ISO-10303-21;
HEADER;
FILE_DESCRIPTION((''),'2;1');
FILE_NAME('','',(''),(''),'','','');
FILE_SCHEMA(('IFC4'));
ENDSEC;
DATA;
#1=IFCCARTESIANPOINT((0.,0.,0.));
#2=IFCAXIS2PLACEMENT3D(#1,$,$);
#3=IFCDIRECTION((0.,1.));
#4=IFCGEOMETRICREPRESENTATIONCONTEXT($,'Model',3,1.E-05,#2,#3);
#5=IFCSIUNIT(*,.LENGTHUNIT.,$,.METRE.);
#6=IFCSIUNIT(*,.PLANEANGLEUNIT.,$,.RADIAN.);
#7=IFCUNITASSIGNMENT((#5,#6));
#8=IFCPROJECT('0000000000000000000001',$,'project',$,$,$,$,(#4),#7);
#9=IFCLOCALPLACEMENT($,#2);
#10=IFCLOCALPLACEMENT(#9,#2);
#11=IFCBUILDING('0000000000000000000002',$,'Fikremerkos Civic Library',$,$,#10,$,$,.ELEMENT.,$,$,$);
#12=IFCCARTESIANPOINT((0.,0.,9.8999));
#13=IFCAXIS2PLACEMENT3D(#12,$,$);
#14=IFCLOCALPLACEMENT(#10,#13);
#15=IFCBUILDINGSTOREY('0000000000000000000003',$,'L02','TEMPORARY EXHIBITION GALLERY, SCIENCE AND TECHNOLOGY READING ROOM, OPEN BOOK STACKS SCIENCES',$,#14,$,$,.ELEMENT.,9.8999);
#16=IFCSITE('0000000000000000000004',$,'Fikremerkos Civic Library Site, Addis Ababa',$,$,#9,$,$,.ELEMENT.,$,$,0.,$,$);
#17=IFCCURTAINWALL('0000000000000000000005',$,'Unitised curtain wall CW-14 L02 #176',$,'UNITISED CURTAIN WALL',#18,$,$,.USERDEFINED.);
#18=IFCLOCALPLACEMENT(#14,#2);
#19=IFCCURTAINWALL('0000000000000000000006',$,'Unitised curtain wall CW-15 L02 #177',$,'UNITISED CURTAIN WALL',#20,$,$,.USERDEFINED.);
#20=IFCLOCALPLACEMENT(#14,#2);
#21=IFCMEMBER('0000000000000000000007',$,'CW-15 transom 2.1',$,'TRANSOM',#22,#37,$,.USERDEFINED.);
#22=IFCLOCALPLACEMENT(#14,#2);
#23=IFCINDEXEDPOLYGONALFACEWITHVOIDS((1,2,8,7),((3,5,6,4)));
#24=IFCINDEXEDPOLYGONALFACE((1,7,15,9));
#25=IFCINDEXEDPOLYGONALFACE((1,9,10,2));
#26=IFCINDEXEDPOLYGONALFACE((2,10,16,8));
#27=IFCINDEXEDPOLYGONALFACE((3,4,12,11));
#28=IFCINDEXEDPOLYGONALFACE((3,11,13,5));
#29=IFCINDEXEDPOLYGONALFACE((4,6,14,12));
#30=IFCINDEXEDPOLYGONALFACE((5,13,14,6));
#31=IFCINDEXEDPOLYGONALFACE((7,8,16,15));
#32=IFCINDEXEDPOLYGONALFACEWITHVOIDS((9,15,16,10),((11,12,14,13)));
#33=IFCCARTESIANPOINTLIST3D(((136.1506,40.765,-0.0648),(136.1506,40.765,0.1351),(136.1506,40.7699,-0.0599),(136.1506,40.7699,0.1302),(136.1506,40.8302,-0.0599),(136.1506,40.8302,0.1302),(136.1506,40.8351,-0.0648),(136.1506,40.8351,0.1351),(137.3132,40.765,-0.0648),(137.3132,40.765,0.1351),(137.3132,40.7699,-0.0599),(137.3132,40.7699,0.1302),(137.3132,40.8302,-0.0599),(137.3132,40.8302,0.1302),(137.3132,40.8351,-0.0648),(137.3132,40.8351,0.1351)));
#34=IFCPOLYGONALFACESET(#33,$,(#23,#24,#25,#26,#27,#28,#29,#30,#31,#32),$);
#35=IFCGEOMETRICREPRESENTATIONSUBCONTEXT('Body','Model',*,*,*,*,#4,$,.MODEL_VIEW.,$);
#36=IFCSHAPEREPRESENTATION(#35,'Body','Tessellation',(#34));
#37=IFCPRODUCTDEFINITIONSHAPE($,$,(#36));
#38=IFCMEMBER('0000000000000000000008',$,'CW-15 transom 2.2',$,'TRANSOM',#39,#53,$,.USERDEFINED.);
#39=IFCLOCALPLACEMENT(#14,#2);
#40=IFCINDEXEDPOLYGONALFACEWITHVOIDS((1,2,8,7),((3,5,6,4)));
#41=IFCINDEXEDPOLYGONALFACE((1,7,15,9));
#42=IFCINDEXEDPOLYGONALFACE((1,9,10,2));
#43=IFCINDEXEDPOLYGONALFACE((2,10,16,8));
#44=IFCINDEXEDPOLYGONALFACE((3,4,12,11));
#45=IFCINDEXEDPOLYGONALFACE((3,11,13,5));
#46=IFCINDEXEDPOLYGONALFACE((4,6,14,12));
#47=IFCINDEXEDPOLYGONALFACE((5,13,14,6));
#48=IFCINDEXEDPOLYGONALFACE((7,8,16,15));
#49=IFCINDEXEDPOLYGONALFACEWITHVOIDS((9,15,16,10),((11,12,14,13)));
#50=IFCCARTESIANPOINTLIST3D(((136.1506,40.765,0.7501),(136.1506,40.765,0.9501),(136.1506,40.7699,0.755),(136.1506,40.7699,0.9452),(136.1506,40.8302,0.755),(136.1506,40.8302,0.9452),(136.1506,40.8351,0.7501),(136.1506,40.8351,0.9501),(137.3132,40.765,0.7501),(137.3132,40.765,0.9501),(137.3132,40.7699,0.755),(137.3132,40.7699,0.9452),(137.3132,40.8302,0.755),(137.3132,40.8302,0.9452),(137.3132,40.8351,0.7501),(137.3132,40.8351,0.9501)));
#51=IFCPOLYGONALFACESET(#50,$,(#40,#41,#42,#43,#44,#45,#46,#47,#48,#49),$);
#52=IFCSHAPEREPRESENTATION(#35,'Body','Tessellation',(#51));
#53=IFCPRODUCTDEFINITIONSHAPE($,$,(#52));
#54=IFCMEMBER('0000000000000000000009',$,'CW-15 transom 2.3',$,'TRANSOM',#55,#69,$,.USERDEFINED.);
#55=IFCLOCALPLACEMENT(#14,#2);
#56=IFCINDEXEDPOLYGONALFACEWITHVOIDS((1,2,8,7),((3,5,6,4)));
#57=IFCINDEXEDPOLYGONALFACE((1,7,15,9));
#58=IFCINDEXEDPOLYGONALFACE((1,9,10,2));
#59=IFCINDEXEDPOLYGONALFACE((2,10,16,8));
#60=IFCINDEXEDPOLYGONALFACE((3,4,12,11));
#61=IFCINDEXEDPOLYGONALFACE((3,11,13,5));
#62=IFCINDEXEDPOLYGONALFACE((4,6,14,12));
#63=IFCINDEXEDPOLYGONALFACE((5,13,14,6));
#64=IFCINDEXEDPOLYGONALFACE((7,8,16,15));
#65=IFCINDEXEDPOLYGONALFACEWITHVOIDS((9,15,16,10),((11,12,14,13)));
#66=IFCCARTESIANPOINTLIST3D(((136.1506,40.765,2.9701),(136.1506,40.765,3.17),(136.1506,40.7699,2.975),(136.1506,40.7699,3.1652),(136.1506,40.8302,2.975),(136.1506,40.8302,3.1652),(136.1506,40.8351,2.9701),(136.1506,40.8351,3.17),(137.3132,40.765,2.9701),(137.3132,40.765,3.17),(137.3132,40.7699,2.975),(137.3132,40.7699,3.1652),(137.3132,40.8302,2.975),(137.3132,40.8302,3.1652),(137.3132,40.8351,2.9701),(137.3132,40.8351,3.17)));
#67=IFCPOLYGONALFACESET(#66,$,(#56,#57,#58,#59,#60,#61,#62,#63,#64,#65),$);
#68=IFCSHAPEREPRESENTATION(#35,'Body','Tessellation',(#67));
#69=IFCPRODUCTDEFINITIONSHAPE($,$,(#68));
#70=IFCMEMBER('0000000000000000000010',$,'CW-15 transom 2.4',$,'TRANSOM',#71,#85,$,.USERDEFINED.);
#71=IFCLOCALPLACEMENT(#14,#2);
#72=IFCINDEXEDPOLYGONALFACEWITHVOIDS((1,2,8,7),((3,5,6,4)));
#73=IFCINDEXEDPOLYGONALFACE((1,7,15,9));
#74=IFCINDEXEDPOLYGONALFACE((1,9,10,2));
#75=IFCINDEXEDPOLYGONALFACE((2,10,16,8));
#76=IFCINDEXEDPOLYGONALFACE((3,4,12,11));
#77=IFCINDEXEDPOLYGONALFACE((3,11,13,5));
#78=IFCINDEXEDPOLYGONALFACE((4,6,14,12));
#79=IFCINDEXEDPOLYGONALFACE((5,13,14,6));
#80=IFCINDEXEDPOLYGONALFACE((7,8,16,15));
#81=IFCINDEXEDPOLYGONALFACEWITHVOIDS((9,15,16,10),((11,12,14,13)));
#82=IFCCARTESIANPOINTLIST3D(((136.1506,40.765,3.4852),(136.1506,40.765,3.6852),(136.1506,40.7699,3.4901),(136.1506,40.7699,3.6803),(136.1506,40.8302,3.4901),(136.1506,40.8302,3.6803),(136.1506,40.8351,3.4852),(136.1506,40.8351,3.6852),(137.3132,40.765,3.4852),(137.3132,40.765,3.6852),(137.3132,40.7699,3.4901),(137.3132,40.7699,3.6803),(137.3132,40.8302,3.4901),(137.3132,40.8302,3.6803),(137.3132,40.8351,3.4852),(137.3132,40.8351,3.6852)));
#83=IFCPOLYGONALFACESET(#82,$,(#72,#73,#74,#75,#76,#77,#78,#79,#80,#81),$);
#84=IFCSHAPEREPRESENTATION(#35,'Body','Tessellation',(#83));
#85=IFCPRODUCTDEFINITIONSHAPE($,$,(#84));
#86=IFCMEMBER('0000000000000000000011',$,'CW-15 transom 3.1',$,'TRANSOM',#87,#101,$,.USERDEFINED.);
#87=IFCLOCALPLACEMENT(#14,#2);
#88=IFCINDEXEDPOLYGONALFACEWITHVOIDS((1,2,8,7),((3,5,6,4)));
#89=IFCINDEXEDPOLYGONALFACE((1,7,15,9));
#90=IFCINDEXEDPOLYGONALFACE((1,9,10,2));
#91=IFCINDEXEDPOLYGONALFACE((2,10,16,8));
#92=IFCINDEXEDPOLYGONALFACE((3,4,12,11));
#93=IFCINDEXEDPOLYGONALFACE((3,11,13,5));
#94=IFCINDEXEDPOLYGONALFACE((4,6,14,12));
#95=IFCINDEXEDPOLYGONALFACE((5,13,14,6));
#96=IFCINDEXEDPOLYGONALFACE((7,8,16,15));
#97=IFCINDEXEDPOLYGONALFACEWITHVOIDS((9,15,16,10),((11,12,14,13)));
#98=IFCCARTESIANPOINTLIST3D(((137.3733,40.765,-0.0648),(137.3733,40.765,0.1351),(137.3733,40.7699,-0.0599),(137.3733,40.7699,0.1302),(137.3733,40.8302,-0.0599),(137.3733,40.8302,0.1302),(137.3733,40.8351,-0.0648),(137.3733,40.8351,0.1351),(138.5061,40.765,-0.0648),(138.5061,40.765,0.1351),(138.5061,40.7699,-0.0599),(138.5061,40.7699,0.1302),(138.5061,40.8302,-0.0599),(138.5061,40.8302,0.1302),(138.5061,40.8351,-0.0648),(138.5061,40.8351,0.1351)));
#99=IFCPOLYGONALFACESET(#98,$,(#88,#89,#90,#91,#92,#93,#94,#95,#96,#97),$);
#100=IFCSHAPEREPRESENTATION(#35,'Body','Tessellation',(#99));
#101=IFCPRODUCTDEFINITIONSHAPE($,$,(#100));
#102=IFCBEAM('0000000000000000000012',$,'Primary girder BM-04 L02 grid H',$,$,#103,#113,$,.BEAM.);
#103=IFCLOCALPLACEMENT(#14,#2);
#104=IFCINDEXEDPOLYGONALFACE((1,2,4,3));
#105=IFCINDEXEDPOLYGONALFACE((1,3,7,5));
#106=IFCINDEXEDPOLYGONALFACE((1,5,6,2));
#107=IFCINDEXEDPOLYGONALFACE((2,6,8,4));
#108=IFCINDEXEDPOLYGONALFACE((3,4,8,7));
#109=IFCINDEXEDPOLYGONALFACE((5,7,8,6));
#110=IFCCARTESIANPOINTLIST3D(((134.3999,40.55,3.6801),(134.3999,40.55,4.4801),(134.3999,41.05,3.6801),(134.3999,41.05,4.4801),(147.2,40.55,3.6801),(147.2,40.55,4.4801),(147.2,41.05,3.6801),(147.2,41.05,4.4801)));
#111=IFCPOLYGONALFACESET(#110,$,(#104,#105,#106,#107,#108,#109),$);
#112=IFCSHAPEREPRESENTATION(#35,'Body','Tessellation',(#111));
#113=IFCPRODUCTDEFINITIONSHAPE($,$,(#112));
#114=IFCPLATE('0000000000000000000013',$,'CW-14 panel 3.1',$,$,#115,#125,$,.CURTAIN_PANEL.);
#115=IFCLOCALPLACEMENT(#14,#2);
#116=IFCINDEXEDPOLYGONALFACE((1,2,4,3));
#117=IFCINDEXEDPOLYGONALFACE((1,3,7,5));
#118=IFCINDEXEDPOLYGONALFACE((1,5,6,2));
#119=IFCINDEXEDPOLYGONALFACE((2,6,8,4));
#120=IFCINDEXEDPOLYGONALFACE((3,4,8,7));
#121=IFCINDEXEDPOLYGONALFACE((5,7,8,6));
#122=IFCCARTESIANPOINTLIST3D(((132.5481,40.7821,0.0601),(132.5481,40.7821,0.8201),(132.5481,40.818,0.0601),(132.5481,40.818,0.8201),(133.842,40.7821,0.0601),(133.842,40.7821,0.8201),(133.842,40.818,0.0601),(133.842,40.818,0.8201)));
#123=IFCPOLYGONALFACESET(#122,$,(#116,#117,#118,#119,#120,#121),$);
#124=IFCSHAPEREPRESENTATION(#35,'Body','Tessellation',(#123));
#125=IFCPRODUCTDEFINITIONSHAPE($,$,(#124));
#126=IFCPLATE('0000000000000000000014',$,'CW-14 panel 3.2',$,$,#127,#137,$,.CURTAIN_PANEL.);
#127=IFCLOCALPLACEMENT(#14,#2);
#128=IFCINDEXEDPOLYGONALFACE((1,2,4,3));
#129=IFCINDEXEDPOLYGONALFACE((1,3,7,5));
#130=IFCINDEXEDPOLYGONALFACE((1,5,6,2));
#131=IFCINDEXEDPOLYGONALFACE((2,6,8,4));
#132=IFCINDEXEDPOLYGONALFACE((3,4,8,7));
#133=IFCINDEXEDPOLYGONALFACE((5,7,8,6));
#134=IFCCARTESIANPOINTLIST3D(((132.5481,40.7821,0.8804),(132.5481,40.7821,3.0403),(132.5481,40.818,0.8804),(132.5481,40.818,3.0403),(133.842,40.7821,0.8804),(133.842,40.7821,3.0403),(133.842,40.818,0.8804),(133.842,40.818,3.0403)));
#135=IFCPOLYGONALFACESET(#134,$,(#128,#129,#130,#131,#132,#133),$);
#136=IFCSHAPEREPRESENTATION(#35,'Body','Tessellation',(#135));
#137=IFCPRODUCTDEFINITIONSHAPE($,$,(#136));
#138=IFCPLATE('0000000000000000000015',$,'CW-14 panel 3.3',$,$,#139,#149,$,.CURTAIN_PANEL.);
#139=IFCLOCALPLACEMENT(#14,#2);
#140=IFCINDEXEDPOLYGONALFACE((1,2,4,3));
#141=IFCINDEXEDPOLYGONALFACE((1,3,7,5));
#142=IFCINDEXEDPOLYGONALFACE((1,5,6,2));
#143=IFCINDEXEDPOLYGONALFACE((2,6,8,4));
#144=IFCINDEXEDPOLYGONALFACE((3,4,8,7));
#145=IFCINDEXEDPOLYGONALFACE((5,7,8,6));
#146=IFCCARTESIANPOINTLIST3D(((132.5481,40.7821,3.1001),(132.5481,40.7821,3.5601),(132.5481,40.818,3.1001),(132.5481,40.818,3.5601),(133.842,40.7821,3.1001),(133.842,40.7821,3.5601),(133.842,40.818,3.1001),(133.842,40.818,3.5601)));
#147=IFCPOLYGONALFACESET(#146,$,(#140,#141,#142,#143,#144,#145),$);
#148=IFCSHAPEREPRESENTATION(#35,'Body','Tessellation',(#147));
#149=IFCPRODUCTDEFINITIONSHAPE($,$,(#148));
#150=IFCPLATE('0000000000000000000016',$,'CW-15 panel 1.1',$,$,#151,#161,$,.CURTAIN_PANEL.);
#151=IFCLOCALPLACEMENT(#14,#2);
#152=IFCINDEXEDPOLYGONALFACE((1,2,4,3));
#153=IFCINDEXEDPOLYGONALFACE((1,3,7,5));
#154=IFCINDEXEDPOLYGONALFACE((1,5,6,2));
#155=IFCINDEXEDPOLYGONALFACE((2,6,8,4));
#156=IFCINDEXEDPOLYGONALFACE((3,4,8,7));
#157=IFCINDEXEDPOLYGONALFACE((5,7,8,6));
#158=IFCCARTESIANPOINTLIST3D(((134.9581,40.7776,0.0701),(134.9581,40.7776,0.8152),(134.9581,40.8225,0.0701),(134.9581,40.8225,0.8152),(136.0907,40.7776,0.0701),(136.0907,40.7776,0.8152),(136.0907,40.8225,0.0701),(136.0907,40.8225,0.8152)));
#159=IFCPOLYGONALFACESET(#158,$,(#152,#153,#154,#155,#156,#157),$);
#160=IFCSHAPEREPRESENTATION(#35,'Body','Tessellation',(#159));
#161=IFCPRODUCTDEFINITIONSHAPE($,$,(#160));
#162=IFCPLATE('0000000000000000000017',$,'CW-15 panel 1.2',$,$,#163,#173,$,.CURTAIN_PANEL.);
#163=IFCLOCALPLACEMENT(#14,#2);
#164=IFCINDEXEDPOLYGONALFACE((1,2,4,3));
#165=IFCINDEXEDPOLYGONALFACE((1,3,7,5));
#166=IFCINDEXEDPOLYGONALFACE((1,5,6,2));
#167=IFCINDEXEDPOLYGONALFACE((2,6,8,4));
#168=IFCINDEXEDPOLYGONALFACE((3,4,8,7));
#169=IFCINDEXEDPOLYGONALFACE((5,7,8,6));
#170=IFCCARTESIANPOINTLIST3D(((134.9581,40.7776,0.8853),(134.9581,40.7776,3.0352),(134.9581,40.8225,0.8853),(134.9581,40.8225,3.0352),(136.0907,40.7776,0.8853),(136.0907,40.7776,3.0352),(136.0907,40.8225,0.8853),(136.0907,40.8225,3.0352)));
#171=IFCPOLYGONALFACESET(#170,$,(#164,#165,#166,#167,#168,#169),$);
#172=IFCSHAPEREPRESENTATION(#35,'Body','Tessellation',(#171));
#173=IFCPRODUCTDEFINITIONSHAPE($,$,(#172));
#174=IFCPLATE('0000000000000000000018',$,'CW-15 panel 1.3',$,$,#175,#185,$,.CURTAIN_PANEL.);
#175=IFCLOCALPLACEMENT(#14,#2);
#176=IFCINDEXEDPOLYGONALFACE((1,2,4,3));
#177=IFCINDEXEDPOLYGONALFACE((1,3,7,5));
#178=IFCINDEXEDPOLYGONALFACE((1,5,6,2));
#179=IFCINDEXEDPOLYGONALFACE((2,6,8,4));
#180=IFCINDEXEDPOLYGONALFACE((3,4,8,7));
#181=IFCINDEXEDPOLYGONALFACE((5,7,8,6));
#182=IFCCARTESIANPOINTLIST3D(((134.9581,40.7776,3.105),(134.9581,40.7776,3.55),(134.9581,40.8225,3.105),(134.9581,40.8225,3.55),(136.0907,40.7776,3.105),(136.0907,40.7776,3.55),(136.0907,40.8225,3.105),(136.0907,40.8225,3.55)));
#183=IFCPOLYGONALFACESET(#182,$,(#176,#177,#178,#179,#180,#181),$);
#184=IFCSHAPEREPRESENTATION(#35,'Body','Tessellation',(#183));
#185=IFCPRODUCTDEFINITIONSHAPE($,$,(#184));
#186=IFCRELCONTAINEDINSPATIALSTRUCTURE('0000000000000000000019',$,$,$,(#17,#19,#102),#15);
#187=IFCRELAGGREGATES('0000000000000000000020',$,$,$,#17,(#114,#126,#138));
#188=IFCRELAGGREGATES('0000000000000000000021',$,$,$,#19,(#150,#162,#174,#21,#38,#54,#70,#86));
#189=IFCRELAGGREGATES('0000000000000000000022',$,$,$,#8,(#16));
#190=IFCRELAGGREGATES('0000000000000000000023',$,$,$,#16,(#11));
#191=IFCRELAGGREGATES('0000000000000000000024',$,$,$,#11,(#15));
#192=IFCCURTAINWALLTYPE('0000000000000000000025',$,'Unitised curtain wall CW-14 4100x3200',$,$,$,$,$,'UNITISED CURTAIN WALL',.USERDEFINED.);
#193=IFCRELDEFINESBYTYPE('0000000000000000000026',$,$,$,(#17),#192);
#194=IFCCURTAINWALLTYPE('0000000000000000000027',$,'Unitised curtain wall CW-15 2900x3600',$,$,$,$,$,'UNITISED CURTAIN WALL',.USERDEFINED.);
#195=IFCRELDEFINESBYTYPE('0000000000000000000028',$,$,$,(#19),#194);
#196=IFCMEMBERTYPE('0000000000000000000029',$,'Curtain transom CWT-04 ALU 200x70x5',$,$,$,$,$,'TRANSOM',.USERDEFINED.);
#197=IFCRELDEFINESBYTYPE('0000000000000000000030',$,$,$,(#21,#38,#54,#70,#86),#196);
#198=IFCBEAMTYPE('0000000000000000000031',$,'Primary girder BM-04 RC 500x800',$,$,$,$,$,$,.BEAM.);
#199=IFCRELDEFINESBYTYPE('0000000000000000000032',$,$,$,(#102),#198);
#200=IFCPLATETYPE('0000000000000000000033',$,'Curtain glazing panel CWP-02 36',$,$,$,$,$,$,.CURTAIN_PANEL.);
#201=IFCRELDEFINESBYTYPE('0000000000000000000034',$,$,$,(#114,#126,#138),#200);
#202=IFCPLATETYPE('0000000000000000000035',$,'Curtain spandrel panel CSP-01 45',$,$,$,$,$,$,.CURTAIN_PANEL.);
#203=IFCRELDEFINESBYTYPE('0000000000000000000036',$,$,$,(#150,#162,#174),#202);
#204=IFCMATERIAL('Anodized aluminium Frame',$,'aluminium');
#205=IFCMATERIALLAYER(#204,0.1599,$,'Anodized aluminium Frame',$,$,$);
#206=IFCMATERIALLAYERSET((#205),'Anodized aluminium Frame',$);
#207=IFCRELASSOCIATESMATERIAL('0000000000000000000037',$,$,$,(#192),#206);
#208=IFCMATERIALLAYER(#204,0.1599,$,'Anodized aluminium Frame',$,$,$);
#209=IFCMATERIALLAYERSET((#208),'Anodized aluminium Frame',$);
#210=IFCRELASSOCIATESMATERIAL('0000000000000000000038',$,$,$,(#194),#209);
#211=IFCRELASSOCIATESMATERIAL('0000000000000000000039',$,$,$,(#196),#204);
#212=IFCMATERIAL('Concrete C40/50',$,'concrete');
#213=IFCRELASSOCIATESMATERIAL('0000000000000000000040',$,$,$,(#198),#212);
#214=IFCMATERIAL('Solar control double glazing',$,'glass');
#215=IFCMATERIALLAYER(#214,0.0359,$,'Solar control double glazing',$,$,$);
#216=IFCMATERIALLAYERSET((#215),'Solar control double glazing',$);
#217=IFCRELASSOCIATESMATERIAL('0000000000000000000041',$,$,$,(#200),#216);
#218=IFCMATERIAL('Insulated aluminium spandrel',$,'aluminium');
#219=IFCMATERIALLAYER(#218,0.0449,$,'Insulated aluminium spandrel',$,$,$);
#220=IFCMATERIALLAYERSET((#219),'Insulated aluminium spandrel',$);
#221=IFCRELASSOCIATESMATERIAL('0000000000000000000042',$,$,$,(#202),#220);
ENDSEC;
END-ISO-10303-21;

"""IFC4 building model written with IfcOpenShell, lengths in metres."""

from ifc_helpers import new_model, si_unit, direction, frame, origin, origin_2d, place, context, subcontext, project, spatial, rectangle, hollow_rectangle, extrude, material, layer, layer_set, material_profile, profile_set, type_object, element, aggregate, save


model = new_model("IFC4")

# Units and contexts
model_context = context("Model", 3, precision=1e-05, world=origin(), true_north=direction((0.0, 1.0)))
body_context = subcontext(model_context, "Body", "Model", "MODEL_VIEW")
ifc_project = project(units=[si_unit("LENGTHUNIT", "METRE"), si_unit("PLANEANGLEUNIT", "RADIAN")], contexts=[model_context])

# Site, building, storey
site_placement = place(None, origin())
site = spatial("IfcSite", under=ifc_project, at=site_placement, Name="Fikremerkos Civic Library Site, Addis Ababa", CompositionType="ELEMENT", RefElevation=0.0)
building_placement = place(site_placement, origin())
building = spatial("IfcBuilding", under=site, at=building_placement, Name="Fikremerkos Civic Library", CompositionType="ELEMENT")
storey_placement = place(building_placement, frame((0.0, 0.0, 9.8999)))
storey = spatial("IfcBuildingStorey", under=building, at=storey_placement, Name="L02", Description="TEMPORARY EXHIBITION GALLERY, SCIENCE AND TECHNOLOGY READING ROOM, OPEN BOOK STACKS SCIENCES", CompositionType="ELEMENT", Elevation=9.8999)

# Curtain wall
ifc_material_1 = material(Name="Anodized aluminium Frame", Category="aluminium")
ifc_layer_1 = layer(ifc_material_1, 0.1599, Name="Anodized aluminium Frame")
ifc_layer_set_1 = layer_set([ifc_layer_1], Name="Anodized aluminium Frame")
curtain_wall_type_1 = type_object("IfcCurtainWallType", Name="Unitised curtain wall CW-14 4100x3200", ElementType="UNITISED CURTAIN WALL", PredefinedType="USERDEFINED", material=ifc_layer_set_1)
curtain_wall_1_placement = place(storey_placement, origin())
curtain_wall_1 = element("IfcCurtainWall", 1, at=curtain_wall_1_placement, inside=storey, type_object=curtain_wall_type_1, Name="Unitised curtain wall CW-14 L02 #176", ObjectType="UNITISED CURTAIN WALL", PredefinedType="USERDEFINED")

# Curtain wall, members
ifc_layer_2 = layer(ifc_material_1, 0.1599, Name="Anodized aluminium Frame")
ifc_layer_set_2 = layer_set([ifc_layer_2], Name="Anodized aluminium Frame")
curtain_wall_type_2 = type_object("IfcCurtainWallType", Name="Unitised curtain wall CW-15 2900x3600", ElementType="UNITISED CURTAIN WALL", PredefinedType="USERDEFINED", material=ifc_layer_set_2)
curtain_wall_2_placement = place(storey_placement, origin())
curtain_wall_2 = element("IfcCurtainWall", 2, at=curtain_wall_2_placement, inside=storey, type_object=curtain_wall_type_2, Name="Unitised curtain wall CW-15 L02 #177", ObjectType="UNITISED CURTAIN WALL", PredefinedType="USERDEFINED")
ifc_material_profile_1 = material_profile(ifc_material_1, hollow_rectangle(XDim=0.0701, YDim=0.2, WallThickness=0.0049, at=origin_2d()), Name="ALU 200x70x5")
ifc_profile_set_1 = profile_set([ifc_material_profile_1], Name="Anodized aluminium Frame")
member_type_1 = type_object("IfcMemberType", Name="Curtain transom CWT-04 ALU 200x70x5", ElementType="TRANSOM", PredefinedType="USERDEFINED", material=ifc_profile_set_1)
member_1_placement = place(storey_placement, frame((136.1506, 40.8, 0.0352), z_axis=(1.0, 0.0, 0.0), x_axis=(0.0, 1.0, 0.0)))
member_1 = element("IfcMember", 3, at=member_1_placement, type_object=member_type_1, Name="CW-15 transom 2.1", ObjectType="TRANSOM", PredefinedType="USERDEFINED", context=body_context, shape_type="SweptSolid", body=[
    extrude(hollow_rectangle(XDim=0.0701, YDim=0.2, WallThickness=0.0049, at=origin_2d()), origin(), (0.0, 0.0, 1.0), 1.1626),
])
member_2_placement = place(storey_placement, frame((136.1506, 40.8, 0.8501), z_axis=(1.0, 0.0, 0.0), x_axis=(0.0, 1.0, 0.0)))
member_2 = element("IfcMember", 4, at=member_2_placement, type_object=member_type_1, Name="CW-15 transom 2.2", ObjectType="TRANSOM", PredefinedType="USERDEFINED", context=body_context, shape_type="SweptSolid", body=[
    extrude(hollow_rectangle(XDim=0.0701, YDim=0.2, WallThickness=0.0049, at=origin_2d()), origin(), (0.0, 0.0, 1.0), 1.1626),
])
member_3_placement = place(storey_placement, frame((136.1506, 40.8, 3.0701), z_axis=(1.0, 0.0, 0.0), x_axis=(0.0, 1.0, 0.0)))
member_3 = element("IfcMember", 5, at=member_3_placement, type_object=member_type_1, Name="CW-15 transom 2.3", ObjectType="TRANSOM", PredefinedType="USERDEFINED", context=body_context, shape_type="SweptSolid", body=[
    extrude(hollow_rectangle(XDim=0.0701, YDim=0.2, WallThickness=0.0049, at=origin_2d()), origin(), (0.0, 0.0, 1.0), 1.1626),
])
member_4_placement = place(storey_placement, frame((136.1506, 40.8, 3.5852), z_axis=(1.0, 0.0, 0.0), x_axis=(0.0, 1.0, 0.0)))
member_4 = element("IfcMember", 6, at=member_4_placement, type_object=member_type_1, Name="CW-15 transom 2.4", ObjectType="TRANSOM", PredefinedType="USERDEFINED", context=body_context, shape_type="SweptSolid", body=[
    extrude(hollow_rectangle(XDim=0.0701, YDim=0.2, WallThickness=0.0049, at=origin_2d()), origin(), (0.0, 0.0, 1.0), 1.1626),
])
member_5_placement = place(storey_placement, frame((137.3733, 40.8, 0.0352), z_axis=(1.0, 0.0, 0.0), x_axis=(0.0, 1.0, 0.0)))
member_5 = element("IfcMember", 7, at=member_5_placement, type_object=member_type_1, Name="CW-15 transom 3.1", ObjectType="TRANSOM", PredefinedType="USERDEFINED", context=body_context, shape_type="SweptSolid", body=[
    extrude(hollow_rectangle(XDim=0.0701, YDim=0.2, WallThickness=0.0049, at=origin_2d()), origin(), (0.0, 0.0, 1.0), 1.1328),
])

# Beam
ifc_material_2 = material(Name="Concrete C40/50", Category="concrete")
ifc_material_profile_2 = material_profile(ifc_material_2, rectangle(XDim=0.5, YDim=0.8, at=origin_2d()), Name="RC 500x800")
ifc_profile_set_2 = profile_set([ifc_material_profile_2], Name="Concrete C40/50")
beam_type = type_object("IfcBeamType", Name="Primary girder BM-04 RC 500x800", PredefinedType="BEAM", material=ifc_profile_set_2)
beam_placement = place(storey_placement, frame((134.3999, 40.8, 4.0801), z_axis=(1.0, 0.0, 0.0), x_axis=(0.0, 1.0, 0.0)))
element("IfcBeam", 8, at=beam_placement, inside=storey, type_object=beam_type, Name="Primary girder BM-04 L02 grid H", PredefinedType="BEAM", context=body_context, shape_type="SweptSolid", body=[
    extrude(rectangle(XDim=0.5, YDim=0.8, at=origin_2d()), origin(), (0.0, 0.0, 1.0), 12.8),
])

# Plates
ifc_material_3 = material(Name="Solar control double glazing", Category="glass")
ifc_layer_3 = layer(ifc_material_3, 0.0359, Name="Solar control double glazing")
ifc_layer_set_3 = layer_set([ifc_layer_3], Name="Solar control double glazing")
plate_type_1 = type_object("IfcPlateType", Name="Curtain glazing panel CWP-02 36", PredefinedType="CURTAIN_PANEL", material=ifc_layer_set_3)
plate_1_placement = place(storey_placement, frame((133.1951, 40.8, 0.0601), z_axis=(0.0, 0.0, 1.0), x_axis=(1.0, 0.0, 0.0)))
plate_1 = element("IfcPlate", 9, at=plate_1_placement, type_object=plate_type_1, Name="CW-14 panel 3.1", PredefinedType="CURTAIN_PANEL", context=body_context, shape_type="SweptSolid", body=[
    extrude(rectangle(XDim=1.2939, YDim=0.0359, at=origin_2d()), origin(), (0.0, 0.0, 1.0), 0.76),
])
plate_2_placement = place(storey_placement, frame((133.1951, 40.8, 0.8804), z_axis=(0.0, 0.0, 1.0), x_axis=(1.0, 0.0, 0.0)))
plate_2 = element("IfcPlate", 10, at=plate_2_placement, type_object=plate_type_1, Name="CW-14 panel 3.2", PredefinedType="CURTAIN_PANEL", context=body_context, shape_type="SweptSolid", body=[
    extrude(rectangle(XDim=1.2939, YDim=0.0359, at=origin_2d()), origin(), (0.0, 0.0, 1.0), 2.1599),
])
plate_3_placement = place(storey_placement, frame((133.1951, 40.8, 3.1001), z_axis=(0.0, 0.0, 1.0), x_axis=(1.0, 0.0, 0.0)))
plate_3 = element("IfcPlate", 11, at=plate_3_placement, type_object=plate_type_1, Name="CW-14 panel 3.3", PredefinedType="CURTAIN_PANEL", context=body_context, shape_type="SweptSolid", body=[
    extrude(rectangle(XDim=1.2939, YDim=0.0359, at=origin_2d()), origin(), (0.0, 0.0, 1.0), 0.46),
])
aggregate(curtain_wall_1, [plate_1, plate_2, plate_3])
ifc_material_4 = material(Name="Insulated aluminium spandrel", Category="aluminium")
ifc_layer_4 = layer(ifc_material_4, 0.0449, Name="Insulated aluminium spandrel")
ifc_layer_set_4 = layer_set([ifc_layer_4], Name="Insulated aluminium spandrel")
plate_type_2 = type_object("IfcPlateType", Name="Curtain spandrel panel CSP-01 45", PredefinedType="CURTAIN_PANEL", material=ifc_layer_set_4)
plate_4_placement = place(storey_placement, frame((135.5244, 40.8, 0.0701), z_axis=(0.0, 0.0, 1.0), x_axis=(1.0, 0.0, 0.0)))
plate_4 = element("IfcPlate", 12, at=plate_4_placement, type_object=plate_type_2, Name="CW-15 panel 1.1", PredefinedType="CURTAIN_PANEL", context=body_context, shape_type="SweptSolid", body=[
    extrude(rectangle(XDim=1.1326, YDim=0.0449, at=origin_2d()), origin(), (0.0, 0.0, 1.0), 0.7451),
])
plate_5_placement = place(storey_placement, frame((135.5244, 40.8, 0.8853), z_axis=(0.0, 0.0, 1.0), x_axis=(1.0, 0.0, 0.0)))
plate_5 = element("IfcPlate", 13, at=plate_5_placement, type_object=plate_type_2, Name="CW-15 panel 1.2", PredefinedType="CURTAIN_PANEL", context=body_context, shape_type="SweptSolid", body=[
    extrude(rectangle(XDim=1.1326, YDim=0.0449, at=origin_2d()), origin(), (0.0, 0.0, 1.0), 2.1499),
])
plate_6_placement = place(storey_placement, frame((135.5244, 40.8, 3.105), z_axis=(0.0, 0.0, 1.0), x_axis=(1.0, 0.0, 0.0)))
plate_6 = element("IfcPlate", 14, at=plate_6_placement, type_object=plate_type_2, Name="CW-15 panel 1.3", PredefinedType="CURTAIN_PANEL", context=body_context, shape_type="SweptSolid", body=[
    extrude(rectangle(XDim=1.1326, YDim=0.0449, at=origin_2d()), origin(), (0.0, 0.0, 1.0), 0.4451),
])
aggregate(curtain_wall_2, [plate_4, plate_5, plate_6, member_1, member_2, member_3, member_4, member_5])

save(model, "model.ifc")
